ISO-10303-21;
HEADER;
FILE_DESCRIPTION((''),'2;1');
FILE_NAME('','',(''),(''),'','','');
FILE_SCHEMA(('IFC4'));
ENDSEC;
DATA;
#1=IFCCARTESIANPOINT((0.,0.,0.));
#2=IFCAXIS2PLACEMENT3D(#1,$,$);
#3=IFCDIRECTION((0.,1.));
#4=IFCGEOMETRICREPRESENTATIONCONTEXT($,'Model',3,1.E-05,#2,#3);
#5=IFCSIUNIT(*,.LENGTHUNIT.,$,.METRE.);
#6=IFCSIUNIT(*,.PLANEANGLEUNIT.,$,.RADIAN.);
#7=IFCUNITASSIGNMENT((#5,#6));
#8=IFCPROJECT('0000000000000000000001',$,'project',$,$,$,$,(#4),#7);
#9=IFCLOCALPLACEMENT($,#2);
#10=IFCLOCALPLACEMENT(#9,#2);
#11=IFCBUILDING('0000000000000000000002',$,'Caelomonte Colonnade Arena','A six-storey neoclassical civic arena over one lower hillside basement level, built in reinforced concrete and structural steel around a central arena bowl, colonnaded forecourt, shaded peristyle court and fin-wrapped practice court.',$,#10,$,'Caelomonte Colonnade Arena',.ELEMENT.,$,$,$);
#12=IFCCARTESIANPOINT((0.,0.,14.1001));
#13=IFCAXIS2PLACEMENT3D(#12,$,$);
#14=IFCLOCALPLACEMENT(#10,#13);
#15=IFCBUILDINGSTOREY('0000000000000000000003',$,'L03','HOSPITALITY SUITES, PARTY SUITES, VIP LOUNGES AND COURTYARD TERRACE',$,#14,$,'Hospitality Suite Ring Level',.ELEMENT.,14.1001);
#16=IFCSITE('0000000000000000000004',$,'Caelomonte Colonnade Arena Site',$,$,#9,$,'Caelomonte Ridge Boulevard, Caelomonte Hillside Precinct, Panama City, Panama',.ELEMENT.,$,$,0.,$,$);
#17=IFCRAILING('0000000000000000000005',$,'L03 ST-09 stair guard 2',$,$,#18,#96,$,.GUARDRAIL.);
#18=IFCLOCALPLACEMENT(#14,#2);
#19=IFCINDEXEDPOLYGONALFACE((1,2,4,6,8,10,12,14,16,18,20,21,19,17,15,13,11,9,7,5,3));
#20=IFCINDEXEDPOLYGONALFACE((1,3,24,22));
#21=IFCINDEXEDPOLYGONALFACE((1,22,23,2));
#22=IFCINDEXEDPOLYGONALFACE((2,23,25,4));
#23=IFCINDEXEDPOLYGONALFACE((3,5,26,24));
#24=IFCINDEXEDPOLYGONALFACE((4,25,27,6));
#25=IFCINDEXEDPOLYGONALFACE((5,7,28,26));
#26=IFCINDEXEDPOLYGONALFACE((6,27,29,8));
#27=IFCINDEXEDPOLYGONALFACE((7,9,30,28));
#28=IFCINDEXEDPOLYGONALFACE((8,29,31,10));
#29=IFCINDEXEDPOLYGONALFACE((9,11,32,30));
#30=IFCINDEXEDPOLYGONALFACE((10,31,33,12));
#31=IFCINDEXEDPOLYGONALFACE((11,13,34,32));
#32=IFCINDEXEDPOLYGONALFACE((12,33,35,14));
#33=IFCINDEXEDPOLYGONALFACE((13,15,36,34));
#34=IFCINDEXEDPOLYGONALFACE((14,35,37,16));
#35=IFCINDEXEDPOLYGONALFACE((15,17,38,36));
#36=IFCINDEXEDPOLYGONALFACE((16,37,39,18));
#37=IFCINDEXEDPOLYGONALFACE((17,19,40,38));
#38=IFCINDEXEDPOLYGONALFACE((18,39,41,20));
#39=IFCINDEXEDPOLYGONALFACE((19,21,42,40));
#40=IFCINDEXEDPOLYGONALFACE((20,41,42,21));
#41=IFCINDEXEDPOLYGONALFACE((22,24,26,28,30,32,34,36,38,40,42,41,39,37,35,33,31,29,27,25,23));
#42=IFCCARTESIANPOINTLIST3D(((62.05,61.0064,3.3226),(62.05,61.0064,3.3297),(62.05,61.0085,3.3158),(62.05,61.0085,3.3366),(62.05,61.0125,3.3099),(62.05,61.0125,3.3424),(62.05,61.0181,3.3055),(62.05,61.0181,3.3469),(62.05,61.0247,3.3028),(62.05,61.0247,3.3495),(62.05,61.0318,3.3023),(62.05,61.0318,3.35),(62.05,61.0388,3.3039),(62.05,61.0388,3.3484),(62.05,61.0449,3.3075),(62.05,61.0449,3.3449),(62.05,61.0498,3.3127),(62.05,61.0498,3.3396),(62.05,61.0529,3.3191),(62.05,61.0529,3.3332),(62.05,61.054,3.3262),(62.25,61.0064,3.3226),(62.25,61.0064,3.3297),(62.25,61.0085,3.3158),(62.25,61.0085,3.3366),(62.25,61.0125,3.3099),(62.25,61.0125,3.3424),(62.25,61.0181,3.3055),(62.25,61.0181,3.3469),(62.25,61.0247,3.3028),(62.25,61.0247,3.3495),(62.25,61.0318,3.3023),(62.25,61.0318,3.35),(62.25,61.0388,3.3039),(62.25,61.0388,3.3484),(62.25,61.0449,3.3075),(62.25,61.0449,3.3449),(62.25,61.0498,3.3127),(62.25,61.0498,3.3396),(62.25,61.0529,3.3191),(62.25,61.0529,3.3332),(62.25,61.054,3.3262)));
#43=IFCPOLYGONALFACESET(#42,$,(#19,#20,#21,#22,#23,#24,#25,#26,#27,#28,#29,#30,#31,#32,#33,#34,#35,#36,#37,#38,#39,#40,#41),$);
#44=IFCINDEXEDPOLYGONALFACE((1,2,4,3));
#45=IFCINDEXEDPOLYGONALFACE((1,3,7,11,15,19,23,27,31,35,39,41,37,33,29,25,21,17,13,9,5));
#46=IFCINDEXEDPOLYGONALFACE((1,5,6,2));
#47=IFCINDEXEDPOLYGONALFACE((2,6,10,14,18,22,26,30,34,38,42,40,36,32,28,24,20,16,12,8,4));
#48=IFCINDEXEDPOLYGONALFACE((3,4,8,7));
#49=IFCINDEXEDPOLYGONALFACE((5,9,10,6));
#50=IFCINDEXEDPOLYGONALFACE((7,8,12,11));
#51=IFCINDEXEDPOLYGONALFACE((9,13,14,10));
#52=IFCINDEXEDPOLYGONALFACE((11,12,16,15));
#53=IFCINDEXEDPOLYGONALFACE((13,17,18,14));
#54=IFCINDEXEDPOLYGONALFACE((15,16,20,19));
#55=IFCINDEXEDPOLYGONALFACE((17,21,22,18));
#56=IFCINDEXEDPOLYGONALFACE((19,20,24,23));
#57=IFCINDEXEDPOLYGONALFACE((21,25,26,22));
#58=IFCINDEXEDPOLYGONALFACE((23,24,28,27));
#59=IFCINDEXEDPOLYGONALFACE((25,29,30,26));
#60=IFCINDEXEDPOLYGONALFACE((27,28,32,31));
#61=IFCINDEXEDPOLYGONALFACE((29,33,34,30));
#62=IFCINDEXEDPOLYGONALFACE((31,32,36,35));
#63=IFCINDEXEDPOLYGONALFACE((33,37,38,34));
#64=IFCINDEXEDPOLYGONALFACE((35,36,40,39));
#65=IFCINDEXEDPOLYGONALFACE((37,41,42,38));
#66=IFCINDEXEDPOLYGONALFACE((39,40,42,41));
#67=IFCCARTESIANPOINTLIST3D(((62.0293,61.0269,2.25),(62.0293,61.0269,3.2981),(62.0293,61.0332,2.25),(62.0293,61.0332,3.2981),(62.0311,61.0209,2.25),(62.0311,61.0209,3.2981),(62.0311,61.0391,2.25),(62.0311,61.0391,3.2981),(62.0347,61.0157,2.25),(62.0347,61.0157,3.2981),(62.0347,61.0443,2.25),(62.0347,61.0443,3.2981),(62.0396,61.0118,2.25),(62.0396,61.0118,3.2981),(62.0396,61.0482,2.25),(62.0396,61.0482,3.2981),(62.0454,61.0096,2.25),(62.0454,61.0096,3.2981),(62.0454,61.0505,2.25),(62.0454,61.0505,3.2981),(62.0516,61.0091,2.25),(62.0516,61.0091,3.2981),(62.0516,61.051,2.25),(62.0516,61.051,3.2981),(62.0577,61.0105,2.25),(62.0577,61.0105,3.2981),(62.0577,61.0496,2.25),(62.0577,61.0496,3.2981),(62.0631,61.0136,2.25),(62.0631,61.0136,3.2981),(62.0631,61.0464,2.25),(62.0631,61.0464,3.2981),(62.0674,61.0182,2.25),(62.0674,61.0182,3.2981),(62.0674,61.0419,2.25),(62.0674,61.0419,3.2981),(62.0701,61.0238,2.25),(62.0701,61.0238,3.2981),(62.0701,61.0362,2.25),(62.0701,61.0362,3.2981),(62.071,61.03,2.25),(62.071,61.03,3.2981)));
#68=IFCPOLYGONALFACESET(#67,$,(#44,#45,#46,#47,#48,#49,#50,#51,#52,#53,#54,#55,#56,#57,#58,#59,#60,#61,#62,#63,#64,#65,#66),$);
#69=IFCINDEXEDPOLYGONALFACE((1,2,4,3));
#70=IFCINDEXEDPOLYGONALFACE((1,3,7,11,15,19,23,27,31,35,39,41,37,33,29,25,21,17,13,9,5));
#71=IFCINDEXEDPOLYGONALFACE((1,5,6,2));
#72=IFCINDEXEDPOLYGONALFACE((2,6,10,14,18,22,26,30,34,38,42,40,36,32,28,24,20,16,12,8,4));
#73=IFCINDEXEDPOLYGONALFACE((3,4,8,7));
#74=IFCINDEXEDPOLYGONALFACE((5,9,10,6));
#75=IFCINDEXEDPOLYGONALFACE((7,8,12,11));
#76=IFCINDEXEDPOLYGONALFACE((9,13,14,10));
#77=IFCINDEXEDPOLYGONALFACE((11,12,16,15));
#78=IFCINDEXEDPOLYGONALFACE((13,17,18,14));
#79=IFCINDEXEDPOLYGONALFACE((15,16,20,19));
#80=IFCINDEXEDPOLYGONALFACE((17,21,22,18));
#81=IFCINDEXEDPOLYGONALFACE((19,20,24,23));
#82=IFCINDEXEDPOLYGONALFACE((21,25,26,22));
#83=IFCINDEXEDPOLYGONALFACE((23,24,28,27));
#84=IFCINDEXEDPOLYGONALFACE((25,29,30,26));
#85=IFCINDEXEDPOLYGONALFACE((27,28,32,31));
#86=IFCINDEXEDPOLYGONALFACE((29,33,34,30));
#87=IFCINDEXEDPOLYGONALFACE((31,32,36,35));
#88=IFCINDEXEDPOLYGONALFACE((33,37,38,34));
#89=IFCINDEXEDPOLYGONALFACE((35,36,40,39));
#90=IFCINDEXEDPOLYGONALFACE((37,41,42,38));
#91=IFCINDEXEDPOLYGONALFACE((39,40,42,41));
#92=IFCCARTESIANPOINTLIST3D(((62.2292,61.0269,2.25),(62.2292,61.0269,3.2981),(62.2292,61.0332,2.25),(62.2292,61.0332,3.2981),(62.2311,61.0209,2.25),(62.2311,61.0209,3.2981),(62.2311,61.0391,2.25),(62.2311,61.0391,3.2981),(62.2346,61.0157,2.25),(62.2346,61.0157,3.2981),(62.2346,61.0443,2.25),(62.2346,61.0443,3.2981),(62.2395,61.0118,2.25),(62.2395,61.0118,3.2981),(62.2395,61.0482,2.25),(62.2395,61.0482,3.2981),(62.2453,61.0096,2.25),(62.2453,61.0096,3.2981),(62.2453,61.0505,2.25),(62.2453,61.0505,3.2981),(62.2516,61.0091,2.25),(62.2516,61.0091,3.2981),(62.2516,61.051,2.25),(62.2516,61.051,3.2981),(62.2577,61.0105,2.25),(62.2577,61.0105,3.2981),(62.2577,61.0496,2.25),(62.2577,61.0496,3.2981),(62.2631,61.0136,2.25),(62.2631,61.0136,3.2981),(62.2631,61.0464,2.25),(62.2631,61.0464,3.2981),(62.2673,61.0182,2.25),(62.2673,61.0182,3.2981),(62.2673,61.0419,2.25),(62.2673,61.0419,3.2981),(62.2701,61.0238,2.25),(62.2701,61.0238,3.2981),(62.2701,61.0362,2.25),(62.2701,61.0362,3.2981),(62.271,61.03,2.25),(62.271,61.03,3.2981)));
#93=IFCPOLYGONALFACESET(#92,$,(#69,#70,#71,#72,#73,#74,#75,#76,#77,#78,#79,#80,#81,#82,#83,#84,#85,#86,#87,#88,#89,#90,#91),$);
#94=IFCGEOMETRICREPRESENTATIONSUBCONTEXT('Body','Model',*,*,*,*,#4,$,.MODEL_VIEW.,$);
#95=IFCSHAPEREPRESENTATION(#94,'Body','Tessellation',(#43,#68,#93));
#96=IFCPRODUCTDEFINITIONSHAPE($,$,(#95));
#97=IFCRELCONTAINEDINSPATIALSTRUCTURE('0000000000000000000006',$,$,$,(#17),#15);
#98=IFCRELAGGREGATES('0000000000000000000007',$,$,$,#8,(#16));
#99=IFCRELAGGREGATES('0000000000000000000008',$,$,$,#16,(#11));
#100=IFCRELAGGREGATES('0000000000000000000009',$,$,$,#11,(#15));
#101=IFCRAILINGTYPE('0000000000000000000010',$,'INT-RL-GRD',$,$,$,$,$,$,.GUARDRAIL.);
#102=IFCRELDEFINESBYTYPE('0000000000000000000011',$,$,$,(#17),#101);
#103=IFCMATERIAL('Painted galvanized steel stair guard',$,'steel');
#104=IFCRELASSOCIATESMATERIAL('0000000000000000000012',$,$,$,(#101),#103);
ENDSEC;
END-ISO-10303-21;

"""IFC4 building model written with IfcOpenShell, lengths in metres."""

from ifc_helpers import new_model, si_unit, direction, frame, origin, origin_2d, place, context, subcontext, project, spatial, circle, extrude, material, type_object, element, save


model = new_model("IFC4")

# Units and contexts
model_context = context("Model", 3, precision=1e-05, world=origin(), true_north=direction((0.0, 1.0)))
body_context = subcontext(model_context, "Body", "Model", "MODEL_VIEW")
ifc_project = project(units=[si_unit("LENGTHUNIT", "METRE"), si_unit("PLANEANGLEUNIT", "RADIAN")], contexts=[model_context])

# Site, building, storey
site_placement = place(None, origin())
site = spatial("IfcSite", under=ifc_project, at=site_placement, Name="Caelomonte Colonnade Arena Site", LongName="Caelomonte Ridge Boulevard, Caelomonte Hillside Precinct, Panama City, Panama", CompositionType="ELEMENT", RefElevation=0.0)
building_placement = place(site_placement, origin())
building = spatial("IfcBuilding", under=site, at=building_placement, Name="Caelomonte Colonnade Arena", Description="A six-storey neoclassical civic arena over one lower hillside basement level, built in reinforced concrete and structural steel around a central arena bowl, colonnaded forecourt, shaded peristyle court and fin-wrapped practice court.", LongName="Caelomonte Colonnade Arena", CompositionType="ELEMENT")
storey_placement = place(building_placement, frame((0.0, 0.0, 14.1001)))
storey = spatial("IfcBuildingStorey", under=building, at=storey_placement, Name="L03", Description="HOSPITALITY SUITES, PARTY SUITES, VIP LOUNGES AND COURTYARD TERRACE", LongName="Hospitality Suite Ring Level", CompositionType="ELEMENT", Elevation=14.1001)

# Railing
ifc_material_1 = material(Name="Painted galvanized steel stair guard", Category="steel")
railing_type_1 = type_object("IfcRailingType", Name="INT-RL-GRD", PredefinedType="GUARDRAIL", material=ifc_material_1)
railing_1_placement = place(storey_placement, frame((62.05, 61.03, 2.25)))
element("IfcRailing", 1, at=railing_1_placement, inside=storey, type_object=railing_type_1, Name="L03 ST-09 stair guard 2", PredefinedType="GUARDRAIL", context=body_context, shape_type="SweptSolid", body=[
    extrude(circle(Radius=0.0239, at=origin_2d()), frame((0.0, 0.0, 1.0762), z_axis=(1.0, 0.0, 0.0), x_axis=(0.0, 1.0, 0.0)), (0.0, 0.0, 1.0), 0.2),
    extrude(circle(Radius=0.021, at=origin_2d()), origin(), (0.0, 0.0, 1.0), 1.0481),
    extrude(circle(Radius=0.021, at=origin_2d()), frame((0.2, 0.0, 0.0)), (0.0, 0.0, 1.0), 1.0481),
])

save(model, "model.ifc")
